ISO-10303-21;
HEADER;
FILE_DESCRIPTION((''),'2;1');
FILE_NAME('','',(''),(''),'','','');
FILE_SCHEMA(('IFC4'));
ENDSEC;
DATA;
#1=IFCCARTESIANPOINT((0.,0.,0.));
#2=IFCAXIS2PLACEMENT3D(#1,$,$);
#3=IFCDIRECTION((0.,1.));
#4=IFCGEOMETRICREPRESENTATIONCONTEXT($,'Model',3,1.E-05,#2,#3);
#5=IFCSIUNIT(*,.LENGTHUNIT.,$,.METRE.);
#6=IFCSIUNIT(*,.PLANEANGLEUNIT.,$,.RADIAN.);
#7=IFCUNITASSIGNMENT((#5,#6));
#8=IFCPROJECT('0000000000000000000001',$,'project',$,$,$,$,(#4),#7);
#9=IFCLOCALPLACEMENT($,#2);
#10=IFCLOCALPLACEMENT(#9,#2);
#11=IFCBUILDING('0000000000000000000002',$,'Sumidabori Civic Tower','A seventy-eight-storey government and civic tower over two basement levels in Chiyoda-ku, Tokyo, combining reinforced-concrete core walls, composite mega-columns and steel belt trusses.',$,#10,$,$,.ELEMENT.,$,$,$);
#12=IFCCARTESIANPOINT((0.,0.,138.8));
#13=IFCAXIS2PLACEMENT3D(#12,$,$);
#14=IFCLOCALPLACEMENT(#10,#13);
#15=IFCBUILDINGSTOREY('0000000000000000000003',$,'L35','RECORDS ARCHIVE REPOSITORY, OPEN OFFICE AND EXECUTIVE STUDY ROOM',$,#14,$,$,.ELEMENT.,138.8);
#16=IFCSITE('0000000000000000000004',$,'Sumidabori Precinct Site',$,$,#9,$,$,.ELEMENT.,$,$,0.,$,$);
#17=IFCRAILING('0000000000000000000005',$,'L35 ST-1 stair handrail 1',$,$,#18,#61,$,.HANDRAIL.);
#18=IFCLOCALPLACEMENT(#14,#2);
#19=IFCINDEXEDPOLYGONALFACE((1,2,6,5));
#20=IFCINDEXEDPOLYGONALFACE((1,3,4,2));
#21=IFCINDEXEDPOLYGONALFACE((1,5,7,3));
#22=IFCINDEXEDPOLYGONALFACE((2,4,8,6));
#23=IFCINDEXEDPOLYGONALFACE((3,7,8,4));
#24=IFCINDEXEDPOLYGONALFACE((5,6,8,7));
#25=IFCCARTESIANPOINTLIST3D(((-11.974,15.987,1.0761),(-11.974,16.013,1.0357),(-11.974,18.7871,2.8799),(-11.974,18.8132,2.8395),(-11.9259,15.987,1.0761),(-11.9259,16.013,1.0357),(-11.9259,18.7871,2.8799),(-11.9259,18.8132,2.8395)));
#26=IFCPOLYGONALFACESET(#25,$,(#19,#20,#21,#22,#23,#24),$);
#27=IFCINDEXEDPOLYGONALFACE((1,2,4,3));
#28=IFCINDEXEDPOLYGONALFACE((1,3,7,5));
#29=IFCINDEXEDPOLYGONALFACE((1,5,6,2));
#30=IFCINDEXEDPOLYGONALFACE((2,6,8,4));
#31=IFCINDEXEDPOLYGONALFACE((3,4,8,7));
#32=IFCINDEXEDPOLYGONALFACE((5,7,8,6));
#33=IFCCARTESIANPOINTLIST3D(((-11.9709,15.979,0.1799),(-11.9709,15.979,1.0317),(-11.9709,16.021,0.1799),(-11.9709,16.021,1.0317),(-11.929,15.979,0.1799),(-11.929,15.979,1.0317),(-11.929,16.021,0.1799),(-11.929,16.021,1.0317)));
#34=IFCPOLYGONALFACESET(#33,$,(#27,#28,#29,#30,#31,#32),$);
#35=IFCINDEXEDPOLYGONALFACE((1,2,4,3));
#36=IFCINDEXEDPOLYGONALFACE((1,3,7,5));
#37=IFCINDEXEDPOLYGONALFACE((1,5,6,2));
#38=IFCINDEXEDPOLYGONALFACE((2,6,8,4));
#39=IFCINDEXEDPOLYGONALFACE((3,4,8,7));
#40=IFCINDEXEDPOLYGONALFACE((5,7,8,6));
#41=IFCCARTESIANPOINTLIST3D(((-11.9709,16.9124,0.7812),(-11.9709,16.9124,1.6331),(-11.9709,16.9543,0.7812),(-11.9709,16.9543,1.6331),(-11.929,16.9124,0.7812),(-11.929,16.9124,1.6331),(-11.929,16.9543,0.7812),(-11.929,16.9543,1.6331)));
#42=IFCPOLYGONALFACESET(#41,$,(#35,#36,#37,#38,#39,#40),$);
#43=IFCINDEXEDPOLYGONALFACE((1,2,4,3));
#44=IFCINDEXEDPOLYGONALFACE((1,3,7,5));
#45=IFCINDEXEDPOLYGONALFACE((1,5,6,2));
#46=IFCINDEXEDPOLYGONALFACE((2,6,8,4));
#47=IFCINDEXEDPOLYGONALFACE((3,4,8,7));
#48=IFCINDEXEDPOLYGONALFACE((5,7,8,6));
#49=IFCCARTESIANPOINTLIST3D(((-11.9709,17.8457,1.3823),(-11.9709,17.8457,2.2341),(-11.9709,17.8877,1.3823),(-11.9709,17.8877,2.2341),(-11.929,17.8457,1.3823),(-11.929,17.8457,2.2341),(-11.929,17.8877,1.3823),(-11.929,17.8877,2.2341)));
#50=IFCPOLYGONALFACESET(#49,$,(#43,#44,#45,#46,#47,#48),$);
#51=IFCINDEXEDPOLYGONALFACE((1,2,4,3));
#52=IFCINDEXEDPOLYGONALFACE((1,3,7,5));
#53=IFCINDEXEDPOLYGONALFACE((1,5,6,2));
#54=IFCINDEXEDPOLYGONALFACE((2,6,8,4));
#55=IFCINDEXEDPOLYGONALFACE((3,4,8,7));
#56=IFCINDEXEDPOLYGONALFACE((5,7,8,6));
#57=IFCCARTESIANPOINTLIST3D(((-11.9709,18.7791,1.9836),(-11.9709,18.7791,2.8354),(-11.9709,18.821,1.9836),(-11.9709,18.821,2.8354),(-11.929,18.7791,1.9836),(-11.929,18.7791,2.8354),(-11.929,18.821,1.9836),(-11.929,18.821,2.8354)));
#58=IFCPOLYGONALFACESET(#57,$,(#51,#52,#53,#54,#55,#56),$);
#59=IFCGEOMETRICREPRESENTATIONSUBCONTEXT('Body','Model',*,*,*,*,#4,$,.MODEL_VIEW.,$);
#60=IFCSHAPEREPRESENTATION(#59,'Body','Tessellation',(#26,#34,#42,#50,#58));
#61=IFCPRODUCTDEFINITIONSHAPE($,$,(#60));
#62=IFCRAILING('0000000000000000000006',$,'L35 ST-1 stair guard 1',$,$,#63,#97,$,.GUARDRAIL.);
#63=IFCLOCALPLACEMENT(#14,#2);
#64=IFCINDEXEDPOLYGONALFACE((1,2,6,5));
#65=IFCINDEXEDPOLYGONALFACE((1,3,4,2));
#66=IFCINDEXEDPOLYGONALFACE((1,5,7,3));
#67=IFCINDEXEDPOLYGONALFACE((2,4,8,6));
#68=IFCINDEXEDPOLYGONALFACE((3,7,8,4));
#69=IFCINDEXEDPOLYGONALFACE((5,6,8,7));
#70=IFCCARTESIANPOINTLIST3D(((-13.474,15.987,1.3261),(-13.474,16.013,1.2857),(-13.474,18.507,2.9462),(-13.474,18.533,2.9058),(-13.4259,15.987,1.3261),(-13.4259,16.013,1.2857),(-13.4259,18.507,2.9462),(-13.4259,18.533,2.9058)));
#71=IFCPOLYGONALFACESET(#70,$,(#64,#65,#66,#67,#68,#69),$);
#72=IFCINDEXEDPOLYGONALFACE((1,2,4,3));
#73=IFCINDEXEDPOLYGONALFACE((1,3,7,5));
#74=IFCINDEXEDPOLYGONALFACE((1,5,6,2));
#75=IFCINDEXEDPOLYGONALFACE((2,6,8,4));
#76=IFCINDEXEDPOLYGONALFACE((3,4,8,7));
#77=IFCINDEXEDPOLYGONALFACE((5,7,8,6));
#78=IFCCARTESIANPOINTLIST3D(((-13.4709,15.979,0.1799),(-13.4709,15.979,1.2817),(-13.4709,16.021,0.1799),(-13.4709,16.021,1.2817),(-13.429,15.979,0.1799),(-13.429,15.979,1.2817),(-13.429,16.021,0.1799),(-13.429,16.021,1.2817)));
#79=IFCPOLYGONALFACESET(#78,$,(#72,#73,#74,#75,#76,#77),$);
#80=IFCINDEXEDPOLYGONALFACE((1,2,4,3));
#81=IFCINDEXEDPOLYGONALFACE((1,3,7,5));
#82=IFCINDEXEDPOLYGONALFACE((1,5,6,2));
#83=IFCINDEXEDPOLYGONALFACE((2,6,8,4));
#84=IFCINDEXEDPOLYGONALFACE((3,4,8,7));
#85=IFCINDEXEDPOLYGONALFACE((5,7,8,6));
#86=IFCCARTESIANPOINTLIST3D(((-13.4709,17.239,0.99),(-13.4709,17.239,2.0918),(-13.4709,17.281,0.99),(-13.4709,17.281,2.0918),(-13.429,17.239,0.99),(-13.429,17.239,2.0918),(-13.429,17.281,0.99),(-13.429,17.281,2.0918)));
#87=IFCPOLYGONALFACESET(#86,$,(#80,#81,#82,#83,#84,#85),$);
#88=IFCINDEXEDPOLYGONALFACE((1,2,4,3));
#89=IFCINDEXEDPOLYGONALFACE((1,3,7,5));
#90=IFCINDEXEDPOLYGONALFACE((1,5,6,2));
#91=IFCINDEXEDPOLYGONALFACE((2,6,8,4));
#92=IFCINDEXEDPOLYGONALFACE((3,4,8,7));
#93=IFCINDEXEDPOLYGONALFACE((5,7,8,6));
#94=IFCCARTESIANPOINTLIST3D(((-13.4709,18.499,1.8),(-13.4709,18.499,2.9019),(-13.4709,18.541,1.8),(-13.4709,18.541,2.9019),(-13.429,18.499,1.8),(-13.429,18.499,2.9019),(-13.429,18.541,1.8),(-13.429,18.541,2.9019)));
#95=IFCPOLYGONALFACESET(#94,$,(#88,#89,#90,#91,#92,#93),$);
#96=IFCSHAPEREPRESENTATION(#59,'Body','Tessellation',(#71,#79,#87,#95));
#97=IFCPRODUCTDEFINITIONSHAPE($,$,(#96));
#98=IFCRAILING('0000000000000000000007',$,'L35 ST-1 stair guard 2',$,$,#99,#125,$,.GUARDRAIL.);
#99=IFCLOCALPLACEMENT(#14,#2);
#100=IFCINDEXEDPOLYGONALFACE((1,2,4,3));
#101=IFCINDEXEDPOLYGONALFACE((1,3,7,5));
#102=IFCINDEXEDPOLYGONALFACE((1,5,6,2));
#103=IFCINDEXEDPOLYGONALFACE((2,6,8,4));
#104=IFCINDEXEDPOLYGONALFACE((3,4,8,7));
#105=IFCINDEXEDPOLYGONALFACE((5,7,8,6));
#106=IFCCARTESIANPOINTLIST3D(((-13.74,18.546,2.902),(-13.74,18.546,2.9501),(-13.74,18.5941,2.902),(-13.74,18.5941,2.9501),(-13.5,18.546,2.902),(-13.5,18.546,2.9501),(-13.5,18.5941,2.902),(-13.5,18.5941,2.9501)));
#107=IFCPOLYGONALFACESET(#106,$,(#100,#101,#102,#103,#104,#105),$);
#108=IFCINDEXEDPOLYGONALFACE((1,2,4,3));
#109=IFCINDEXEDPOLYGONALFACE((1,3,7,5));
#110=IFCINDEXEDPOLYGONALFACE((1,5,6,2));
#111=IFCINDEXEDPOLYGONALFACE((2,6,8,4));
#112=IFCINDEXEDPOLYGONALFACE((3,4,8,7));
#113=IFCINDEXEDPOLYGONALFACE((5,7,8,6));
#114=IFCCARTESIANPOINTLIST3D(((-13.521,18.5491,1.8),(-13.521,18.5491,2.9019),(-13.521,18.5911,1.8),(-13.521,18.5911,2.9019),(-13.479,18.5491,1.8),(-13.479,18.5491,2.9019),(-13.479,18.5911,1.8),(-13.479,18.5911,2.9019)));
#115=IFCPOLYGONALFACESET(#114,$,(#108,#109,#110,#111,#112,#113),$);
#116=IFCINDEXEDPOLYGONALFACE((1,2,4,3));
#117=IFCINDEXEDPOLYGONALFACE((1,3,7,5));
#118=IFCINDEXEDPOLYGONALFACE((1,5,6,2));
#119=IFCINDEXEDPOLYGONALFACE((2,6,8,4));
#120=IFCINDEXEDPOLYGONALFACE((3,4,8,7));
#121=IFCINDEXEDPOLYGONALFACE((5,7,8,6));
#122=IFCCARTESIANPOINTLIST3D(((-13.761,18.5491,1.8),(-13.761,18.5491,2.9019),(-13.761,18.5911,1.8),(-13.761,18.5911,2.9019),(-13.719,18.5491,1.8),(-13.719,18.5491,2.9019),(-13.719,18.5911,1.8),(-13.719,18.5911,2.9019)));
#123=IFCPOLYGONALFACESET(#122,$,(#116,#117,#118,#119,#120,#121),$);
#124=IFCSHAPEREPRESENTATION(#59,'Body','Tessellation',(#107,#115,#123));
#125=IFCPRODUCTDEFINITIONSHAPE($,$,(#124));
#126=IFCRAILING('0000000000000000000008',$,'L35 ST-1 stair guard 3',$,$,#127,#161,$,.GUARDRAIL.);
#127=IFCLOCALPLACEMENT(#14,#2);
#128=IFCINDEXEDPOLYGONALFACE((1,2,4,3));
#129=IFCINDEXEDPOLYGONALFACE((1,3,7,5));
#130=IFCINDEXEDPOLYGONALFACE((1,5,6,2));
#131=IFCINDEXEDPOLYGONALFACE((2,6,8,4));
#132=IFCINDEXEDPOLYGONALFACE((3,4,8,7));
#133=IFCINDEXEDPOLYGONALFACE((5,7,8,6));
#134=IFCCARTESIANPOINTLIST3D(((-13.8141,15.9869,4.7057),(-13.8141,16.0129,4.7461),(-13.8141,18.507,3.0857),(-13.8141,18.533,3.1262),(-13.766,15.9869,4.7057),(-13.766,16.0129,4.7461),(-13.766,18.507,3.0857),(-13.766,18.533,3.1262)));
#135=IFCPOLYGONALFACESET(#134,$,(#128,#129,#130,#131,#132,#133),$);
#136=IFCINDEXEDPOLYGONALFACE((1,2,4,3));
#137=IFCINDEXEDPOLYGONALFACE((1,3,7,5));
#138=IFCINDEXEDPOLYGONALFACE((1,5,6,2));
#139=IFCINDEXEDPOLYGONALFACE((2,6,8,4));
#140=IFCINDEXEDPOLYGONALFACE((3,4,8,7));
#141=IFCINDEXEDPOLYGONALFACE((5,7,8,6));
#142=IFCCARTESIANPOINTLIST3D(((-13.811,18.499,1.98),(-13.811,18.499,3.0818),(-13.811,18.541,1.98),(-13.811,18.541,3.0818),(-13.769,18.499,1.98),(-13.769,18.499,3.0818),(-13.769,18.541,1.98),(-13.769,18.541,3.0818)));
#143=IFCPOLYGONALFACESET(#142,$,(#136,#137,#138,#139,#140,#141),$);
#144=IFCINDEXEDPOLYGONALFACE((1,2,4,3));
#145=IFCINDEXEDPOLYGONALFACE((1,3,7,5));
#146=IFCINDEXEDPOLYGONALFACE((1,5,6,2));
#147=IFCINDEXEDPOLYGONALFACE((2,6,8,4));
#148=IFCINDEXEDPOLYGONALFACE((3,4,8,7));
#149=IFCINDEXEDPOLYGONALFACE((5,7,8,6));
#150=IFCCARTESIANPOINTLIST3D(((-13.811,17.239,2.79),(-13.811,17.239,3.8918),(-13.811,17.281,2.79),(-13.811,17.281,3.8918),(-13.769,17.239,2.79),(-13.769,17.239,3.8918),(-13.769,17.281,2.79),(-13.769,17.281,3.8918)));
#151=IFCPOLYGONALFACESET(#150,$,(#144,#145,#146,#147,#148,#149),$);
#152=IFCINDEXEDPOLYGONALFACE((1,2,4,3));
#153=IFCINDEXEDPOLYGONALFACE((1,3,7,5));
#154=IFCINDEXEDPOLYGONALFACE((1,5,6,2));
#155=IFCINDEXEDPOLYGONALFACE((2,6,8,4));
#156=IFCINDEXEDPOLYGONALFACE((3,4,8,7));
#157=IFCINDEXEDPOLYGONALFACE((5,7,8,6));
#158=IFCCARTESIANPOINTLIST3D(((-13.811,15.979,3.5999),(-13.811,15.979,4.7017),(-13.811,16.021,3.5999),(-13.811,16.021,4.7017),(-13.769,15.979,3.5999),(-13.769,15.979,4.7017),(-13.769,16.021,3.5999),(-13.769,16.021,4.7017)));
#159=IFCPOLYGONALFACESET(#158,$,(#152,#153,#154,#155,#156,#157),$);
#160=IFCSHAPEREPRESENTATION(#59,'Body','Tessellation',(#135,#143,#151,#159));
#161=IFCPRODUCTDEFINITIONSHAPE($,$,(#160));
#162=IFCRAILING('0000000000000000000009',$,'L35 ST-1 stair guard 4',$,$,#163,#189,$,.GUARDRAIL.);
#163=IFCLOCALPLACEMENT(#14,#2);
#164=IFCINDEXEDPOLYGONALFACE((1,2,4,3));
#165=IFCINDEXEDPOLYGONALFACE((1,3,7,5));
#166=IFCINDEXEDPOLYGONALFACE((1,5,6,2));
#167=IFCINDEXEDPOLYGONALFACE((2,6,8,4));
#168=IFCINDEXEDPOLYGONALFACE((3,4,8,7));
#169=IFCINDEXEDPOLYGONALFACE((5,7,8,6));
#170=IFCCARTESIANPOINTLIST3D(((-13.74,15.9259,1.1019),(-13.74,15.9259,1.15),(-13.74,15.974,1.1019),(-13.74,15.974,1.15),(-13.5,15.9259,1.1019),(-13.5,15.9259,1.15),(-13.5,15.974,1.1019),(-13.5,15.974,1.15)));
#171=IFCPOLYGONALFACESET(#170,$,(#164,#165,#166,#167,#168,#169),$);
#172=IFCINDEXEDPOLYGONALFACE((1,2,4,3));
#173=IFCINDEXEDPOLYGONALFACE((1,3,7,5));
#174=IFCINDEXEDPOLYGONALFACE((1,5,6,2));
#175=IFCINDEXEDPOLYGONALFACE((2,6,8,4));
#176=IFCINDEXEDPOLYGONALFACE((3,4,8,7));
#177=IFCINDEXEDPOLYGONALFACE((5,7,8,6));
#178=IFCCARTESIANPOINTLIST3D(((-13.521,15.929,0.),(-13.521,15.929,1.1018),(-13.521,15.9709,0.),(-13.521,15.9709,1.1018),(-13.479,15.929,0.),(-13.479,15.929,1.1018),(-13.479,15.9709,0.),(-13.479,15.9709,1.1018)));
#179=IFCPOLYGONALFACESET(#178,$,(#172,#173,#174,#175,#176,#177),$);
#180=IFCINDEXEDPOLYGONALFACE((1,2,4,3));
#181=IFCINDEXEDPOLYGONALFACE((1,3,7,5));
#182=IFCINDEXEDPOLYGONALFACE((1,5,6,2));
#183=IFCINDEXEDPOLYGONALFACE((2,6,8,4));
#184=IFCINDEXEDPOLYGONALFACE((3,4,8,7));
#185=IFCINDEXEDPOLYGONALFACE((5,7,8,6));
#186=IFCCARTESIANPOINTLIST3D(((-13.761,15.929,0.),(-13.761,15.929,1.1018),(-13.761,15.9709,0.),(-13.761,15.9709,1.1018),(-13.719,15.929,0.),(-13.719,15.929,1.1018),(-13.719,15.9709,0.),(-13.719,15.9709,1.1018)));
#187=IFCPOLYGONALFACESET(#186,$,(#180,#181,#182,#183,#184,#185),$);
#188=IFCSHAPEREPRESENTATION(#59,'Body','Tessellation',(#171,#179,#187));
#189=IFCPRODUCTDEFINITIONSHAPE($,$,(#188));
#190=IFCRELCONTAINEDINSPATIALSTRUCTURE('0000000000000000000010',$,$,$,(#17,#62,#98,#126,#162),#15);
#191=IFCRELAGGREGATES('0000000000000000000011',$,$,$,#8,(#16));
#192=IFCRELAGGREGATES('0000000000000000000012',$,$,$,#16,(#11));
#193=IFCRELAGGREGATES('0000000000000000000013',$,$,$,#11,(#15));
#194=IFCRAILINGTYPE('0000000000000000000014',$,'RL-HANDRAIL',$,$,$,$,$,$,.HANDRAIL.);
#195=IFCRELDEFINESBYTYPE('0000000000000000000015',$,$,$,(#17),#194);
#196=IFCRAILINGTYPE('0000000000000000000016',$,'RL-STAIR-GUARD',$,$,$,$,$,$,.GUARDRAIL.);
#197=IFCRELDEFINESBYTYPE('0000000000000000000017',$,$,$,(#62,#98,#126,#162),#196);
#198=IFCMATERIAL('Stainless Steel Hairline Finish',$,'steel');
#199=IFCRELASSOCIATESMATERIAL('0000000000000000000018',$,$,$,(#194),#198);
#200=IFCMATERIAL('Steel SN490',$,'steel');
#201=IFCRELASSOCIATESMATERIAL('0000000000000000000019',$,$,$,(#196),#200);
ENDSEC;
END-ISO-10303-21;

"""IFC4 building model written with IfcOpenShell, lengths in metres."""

from ifc_helpers import new_model, si_unit, direction, frame, origin, origin_2d, place, context, subcontext, project, spatial, rectangle, extrude, material, type_object, element, save


model = new_model("IFC4")

# Units and contexts
model_context = context("Model", 3, precision=1e-05, world=origin(), true_north=direction((0.0, 1.0)))
body_context = subcontext(model_context, "Body", "Model", "MODEL_VIEW")
ifc_project = project(units=[si_unit("LENGTHUNIT", "METRE"), si_unit("PLANEANGLEUNIT", "RADIAN")], contexts=[model_context])

# Site, building, storey
site_placement = place(None, origin())
site = spatial("IfcSite", under=ifc_project, at=site_placement, Name="Sumidabori Precinct Site", CompositionType="ELEMENT", RefElevation=0.0)
building_placement = place(site_placement, origin())
building = spatial("IfcBuilding", under=site, at=building_placement, Name="Sumidabori Civic Tower", Description="A seventy-eight-storey government and civic tower over two basement levels in Chiyoda-ku, Tokyo, combining reinforced-concrete core walls, composite mega-columns and steel belt trusses.", CompositionType="ELEMENT")
storey_placement = place(building_placement, frame((0.0, 0.0, 138.8)))
storey = spatial("IfcBuildingStorey", under=building, at=storey_placement, Name="L35", Description="RECORDS ARCHIVE REPOSITORY, OPEN OFFICE AND EXECUTIVE STUDY ROOM", CompositionType="ELEMENT", Elevation=138.8)

# Shared definitions
ifc_material_1 = material(Name="Steel SN490", Category="steel")

# Shared definitions
ifc_material_2 = material(Name="Stainless Steel Hairline Finish", Category="steel")

# Railings
railing_type_1 = type_object("IfcRailingType", Name="RL-HANDRAIL", PredefinedType="HANDRAIL", material=ifc_material_2)
railing_1_placement = place(storey_placement, frame((-11.95, 16.0, 0.1799)))
element("IfcRailing", 1, at=railing_1_placement, inside=storey, type_object=railing_type_1, Name="L35 ST-1 stair handrail 1", PredefinedType="HANDRAIL", context=body_context, shape_type="SweptSolid", body=[
    extrude(rectangle(XDim=0.0481, YDim=0.0481, at=origin_2d()), frame((0.0, 0.0, 0.876), z_axis=(0.0, 0.840676, 0.541539), x_axis=(-1.0, 0.0, 0.0)), (0.0, 0.0, 1.0), 3.3308),
    extrude(rectangle(XDim=0.042, YDim=0.042, at=origin_2d()), origin(), (0.0, 0.0, 1.0), 0.8518),
    extrude(rectangle(XDim=0.042, YDim=0.042, at=origin_2d()), frame((0.0, 0.9333, 0.6013)), (0.0, 0.0, 1.0), 0.8518),
    extrude(rectangle(XDim=0.042, YDim=0.042, at=origin_2d()), frame((0.0, 1.8667, 1.2024)), (0.0, 0.0, 1.0), 0.8518),
    extrude(rectangle(XDim=0.042, YDim=0.042, at=origin_2d()), frame((0.0, 2.8, 1.8037)), (0.0, 0.0, 1.0), 0.8518),
])
railing_type_2 = type_object("IfcRailingType", Name="RL-STAIR-GUARD", PredefinedType="GUARDRAIL", material=ifc_material_1)
railing_2_placement = place(storey_placement, frame((-13.45, 16.0, 0.1799)))
element("IfcRailing", 2, at=railing_2_placement, inside=storey, type_object=railing_type_2, Name="L35 ST-1 stair guard 1", PredefinedType="GUARDRAIL", context=body_context, shape_type="SweptSolid", body=[
    extrude(rectangle(XDim=0.0481, YDim=0.0481, at=origin_2d()), frame((0.0, 0.0, 1.126), z_axis=(0.0, 0.841163, 0.540782), x_axis=(-1.0, 0.0, 0.0)), (0.0, 0.0, 1.0), 2.9958),
    extrude(rectangle(XDim=0.042, YDim=0.042, at=origin_2d()), origin(), (0.0, 0.0, 1.0), 1.1018),
    extrude(rectangle(XDim=0.042, YDim=0.042, at=origin_2d()), frame((0.0, 1.26, 0.8101)), (0.0, 0.0, 1.0), 1.1018),
    extrude(rectangle(XDim=0.042, YDim=0.042, at=origin_2d()), frame((0.0, 2.52, 1.6201)), (0.0, 0.0, 1.0), 1.1018),
])
railing_3_placement = place(storey_placement, frame((-13.5, 18.5701, 1.8)))
element("IfcRailing", 3, at=railing_3_placement, inside=storey, type_object=railing_type_2, Name="L35 ST-1 stair guard 2", PredefinedType="GUARDRAIL", context=body_context, shape_type="SweptSolid", body=[
    extrude(rectangle(XDim=0.0481, YDim=0.0481, at=origin_2d()), frame((0.0, 0.0, 1.126), z_axis=(-1.0, 0.0, 0.0), x_axis=(0.0, -1.0, 0.0)), (0.0, 0.0, 1.0), 0.24),
    extrude(rectangle(XDim=0.042, YDim=0.042, at=origin_2d()), origin(), (0.0, 0.0, 1.0), 1.1018),
    extrude(rectangle(XDim=0.042, YDim=0.042, at=origin_2d()), frame((-0.24, 0.0, 0.0)), (0.0, 0.0, 1.0), 1.1018),
])
railing_4_placement = place(storey_placement, frame((-13.79, 18.52, 1.98)))
element("IfcRailing", 4, at=railing_4_placement, inside=storey, type_object=railing_type_2, Name="L35 ST-1 stair guard 3", PredefinedType="GUARDRAIL", context=body_context, shape_type="SweptSolid", body=[
    extrude(rectangle(XDim=0.0481, YDim=0.0481, at=origin_2d()), frame((0.0, 0.0, 1.126), z_axis=(0.0, -0.8412, 0.540725), x_axis=(1.0, 0.0, 0.0)), (0.0, 0.0, 1.0), 2.9958),
    extrude(rectangle(XDim=0.042, YDim=0.042, at=origin_2d()), origin(), (0.0, 0.0, 1.0), 1.1018),
    extrude(rectangle(XDim=0.042, YDim=0.042, at=origin_2d()), frame((0.0, -1.26, 0.8101)), (0.0, 0.0, 1.0), 1.1018),
    extrude(rectangle(XDim=0.042, YDim=0.042, at=origin_2d()), frame((0.0, -2.52, 1.6199)), (0.0, 0.0, 1.0), 1.1018),
])
railing_5_placement = place(storey_placement, frame((-13.5, 15.95, 0.0)))
element("IfcRailing", 5, at=railing_5_placement, inside=storey, type_object=railing_type_2, Name="L35 ST-1 stair guard 4", PredefinedType="GUARDRAIL", context=body_context, shape_type="SweptSolid", body=[
    extrude(rectangle(XDim=0.0481, YDim=0.0481, at=origin_2d()), frame((0.0, 0.0, 1.126), z_axis=(-1.0, 0.0, 0.0), x_axis=(0.0, -1.0, 0.0)), (0.0, 0.0, 1.0), 0.24),
    extrude(rectangle(XDim=0.042, YDim=0.042, at=origin_2d()), origin(), (0.0, 0.0, 1.0), 1.1018),
    extrude(rectangle(XDim=0.042, YDim=0.042, at=origin_2d()), frame((-0.24, 0.0, 0.0)), (0.0, 0.0, 1.0), 1.1018),
])

save(model, "model.ifc")
